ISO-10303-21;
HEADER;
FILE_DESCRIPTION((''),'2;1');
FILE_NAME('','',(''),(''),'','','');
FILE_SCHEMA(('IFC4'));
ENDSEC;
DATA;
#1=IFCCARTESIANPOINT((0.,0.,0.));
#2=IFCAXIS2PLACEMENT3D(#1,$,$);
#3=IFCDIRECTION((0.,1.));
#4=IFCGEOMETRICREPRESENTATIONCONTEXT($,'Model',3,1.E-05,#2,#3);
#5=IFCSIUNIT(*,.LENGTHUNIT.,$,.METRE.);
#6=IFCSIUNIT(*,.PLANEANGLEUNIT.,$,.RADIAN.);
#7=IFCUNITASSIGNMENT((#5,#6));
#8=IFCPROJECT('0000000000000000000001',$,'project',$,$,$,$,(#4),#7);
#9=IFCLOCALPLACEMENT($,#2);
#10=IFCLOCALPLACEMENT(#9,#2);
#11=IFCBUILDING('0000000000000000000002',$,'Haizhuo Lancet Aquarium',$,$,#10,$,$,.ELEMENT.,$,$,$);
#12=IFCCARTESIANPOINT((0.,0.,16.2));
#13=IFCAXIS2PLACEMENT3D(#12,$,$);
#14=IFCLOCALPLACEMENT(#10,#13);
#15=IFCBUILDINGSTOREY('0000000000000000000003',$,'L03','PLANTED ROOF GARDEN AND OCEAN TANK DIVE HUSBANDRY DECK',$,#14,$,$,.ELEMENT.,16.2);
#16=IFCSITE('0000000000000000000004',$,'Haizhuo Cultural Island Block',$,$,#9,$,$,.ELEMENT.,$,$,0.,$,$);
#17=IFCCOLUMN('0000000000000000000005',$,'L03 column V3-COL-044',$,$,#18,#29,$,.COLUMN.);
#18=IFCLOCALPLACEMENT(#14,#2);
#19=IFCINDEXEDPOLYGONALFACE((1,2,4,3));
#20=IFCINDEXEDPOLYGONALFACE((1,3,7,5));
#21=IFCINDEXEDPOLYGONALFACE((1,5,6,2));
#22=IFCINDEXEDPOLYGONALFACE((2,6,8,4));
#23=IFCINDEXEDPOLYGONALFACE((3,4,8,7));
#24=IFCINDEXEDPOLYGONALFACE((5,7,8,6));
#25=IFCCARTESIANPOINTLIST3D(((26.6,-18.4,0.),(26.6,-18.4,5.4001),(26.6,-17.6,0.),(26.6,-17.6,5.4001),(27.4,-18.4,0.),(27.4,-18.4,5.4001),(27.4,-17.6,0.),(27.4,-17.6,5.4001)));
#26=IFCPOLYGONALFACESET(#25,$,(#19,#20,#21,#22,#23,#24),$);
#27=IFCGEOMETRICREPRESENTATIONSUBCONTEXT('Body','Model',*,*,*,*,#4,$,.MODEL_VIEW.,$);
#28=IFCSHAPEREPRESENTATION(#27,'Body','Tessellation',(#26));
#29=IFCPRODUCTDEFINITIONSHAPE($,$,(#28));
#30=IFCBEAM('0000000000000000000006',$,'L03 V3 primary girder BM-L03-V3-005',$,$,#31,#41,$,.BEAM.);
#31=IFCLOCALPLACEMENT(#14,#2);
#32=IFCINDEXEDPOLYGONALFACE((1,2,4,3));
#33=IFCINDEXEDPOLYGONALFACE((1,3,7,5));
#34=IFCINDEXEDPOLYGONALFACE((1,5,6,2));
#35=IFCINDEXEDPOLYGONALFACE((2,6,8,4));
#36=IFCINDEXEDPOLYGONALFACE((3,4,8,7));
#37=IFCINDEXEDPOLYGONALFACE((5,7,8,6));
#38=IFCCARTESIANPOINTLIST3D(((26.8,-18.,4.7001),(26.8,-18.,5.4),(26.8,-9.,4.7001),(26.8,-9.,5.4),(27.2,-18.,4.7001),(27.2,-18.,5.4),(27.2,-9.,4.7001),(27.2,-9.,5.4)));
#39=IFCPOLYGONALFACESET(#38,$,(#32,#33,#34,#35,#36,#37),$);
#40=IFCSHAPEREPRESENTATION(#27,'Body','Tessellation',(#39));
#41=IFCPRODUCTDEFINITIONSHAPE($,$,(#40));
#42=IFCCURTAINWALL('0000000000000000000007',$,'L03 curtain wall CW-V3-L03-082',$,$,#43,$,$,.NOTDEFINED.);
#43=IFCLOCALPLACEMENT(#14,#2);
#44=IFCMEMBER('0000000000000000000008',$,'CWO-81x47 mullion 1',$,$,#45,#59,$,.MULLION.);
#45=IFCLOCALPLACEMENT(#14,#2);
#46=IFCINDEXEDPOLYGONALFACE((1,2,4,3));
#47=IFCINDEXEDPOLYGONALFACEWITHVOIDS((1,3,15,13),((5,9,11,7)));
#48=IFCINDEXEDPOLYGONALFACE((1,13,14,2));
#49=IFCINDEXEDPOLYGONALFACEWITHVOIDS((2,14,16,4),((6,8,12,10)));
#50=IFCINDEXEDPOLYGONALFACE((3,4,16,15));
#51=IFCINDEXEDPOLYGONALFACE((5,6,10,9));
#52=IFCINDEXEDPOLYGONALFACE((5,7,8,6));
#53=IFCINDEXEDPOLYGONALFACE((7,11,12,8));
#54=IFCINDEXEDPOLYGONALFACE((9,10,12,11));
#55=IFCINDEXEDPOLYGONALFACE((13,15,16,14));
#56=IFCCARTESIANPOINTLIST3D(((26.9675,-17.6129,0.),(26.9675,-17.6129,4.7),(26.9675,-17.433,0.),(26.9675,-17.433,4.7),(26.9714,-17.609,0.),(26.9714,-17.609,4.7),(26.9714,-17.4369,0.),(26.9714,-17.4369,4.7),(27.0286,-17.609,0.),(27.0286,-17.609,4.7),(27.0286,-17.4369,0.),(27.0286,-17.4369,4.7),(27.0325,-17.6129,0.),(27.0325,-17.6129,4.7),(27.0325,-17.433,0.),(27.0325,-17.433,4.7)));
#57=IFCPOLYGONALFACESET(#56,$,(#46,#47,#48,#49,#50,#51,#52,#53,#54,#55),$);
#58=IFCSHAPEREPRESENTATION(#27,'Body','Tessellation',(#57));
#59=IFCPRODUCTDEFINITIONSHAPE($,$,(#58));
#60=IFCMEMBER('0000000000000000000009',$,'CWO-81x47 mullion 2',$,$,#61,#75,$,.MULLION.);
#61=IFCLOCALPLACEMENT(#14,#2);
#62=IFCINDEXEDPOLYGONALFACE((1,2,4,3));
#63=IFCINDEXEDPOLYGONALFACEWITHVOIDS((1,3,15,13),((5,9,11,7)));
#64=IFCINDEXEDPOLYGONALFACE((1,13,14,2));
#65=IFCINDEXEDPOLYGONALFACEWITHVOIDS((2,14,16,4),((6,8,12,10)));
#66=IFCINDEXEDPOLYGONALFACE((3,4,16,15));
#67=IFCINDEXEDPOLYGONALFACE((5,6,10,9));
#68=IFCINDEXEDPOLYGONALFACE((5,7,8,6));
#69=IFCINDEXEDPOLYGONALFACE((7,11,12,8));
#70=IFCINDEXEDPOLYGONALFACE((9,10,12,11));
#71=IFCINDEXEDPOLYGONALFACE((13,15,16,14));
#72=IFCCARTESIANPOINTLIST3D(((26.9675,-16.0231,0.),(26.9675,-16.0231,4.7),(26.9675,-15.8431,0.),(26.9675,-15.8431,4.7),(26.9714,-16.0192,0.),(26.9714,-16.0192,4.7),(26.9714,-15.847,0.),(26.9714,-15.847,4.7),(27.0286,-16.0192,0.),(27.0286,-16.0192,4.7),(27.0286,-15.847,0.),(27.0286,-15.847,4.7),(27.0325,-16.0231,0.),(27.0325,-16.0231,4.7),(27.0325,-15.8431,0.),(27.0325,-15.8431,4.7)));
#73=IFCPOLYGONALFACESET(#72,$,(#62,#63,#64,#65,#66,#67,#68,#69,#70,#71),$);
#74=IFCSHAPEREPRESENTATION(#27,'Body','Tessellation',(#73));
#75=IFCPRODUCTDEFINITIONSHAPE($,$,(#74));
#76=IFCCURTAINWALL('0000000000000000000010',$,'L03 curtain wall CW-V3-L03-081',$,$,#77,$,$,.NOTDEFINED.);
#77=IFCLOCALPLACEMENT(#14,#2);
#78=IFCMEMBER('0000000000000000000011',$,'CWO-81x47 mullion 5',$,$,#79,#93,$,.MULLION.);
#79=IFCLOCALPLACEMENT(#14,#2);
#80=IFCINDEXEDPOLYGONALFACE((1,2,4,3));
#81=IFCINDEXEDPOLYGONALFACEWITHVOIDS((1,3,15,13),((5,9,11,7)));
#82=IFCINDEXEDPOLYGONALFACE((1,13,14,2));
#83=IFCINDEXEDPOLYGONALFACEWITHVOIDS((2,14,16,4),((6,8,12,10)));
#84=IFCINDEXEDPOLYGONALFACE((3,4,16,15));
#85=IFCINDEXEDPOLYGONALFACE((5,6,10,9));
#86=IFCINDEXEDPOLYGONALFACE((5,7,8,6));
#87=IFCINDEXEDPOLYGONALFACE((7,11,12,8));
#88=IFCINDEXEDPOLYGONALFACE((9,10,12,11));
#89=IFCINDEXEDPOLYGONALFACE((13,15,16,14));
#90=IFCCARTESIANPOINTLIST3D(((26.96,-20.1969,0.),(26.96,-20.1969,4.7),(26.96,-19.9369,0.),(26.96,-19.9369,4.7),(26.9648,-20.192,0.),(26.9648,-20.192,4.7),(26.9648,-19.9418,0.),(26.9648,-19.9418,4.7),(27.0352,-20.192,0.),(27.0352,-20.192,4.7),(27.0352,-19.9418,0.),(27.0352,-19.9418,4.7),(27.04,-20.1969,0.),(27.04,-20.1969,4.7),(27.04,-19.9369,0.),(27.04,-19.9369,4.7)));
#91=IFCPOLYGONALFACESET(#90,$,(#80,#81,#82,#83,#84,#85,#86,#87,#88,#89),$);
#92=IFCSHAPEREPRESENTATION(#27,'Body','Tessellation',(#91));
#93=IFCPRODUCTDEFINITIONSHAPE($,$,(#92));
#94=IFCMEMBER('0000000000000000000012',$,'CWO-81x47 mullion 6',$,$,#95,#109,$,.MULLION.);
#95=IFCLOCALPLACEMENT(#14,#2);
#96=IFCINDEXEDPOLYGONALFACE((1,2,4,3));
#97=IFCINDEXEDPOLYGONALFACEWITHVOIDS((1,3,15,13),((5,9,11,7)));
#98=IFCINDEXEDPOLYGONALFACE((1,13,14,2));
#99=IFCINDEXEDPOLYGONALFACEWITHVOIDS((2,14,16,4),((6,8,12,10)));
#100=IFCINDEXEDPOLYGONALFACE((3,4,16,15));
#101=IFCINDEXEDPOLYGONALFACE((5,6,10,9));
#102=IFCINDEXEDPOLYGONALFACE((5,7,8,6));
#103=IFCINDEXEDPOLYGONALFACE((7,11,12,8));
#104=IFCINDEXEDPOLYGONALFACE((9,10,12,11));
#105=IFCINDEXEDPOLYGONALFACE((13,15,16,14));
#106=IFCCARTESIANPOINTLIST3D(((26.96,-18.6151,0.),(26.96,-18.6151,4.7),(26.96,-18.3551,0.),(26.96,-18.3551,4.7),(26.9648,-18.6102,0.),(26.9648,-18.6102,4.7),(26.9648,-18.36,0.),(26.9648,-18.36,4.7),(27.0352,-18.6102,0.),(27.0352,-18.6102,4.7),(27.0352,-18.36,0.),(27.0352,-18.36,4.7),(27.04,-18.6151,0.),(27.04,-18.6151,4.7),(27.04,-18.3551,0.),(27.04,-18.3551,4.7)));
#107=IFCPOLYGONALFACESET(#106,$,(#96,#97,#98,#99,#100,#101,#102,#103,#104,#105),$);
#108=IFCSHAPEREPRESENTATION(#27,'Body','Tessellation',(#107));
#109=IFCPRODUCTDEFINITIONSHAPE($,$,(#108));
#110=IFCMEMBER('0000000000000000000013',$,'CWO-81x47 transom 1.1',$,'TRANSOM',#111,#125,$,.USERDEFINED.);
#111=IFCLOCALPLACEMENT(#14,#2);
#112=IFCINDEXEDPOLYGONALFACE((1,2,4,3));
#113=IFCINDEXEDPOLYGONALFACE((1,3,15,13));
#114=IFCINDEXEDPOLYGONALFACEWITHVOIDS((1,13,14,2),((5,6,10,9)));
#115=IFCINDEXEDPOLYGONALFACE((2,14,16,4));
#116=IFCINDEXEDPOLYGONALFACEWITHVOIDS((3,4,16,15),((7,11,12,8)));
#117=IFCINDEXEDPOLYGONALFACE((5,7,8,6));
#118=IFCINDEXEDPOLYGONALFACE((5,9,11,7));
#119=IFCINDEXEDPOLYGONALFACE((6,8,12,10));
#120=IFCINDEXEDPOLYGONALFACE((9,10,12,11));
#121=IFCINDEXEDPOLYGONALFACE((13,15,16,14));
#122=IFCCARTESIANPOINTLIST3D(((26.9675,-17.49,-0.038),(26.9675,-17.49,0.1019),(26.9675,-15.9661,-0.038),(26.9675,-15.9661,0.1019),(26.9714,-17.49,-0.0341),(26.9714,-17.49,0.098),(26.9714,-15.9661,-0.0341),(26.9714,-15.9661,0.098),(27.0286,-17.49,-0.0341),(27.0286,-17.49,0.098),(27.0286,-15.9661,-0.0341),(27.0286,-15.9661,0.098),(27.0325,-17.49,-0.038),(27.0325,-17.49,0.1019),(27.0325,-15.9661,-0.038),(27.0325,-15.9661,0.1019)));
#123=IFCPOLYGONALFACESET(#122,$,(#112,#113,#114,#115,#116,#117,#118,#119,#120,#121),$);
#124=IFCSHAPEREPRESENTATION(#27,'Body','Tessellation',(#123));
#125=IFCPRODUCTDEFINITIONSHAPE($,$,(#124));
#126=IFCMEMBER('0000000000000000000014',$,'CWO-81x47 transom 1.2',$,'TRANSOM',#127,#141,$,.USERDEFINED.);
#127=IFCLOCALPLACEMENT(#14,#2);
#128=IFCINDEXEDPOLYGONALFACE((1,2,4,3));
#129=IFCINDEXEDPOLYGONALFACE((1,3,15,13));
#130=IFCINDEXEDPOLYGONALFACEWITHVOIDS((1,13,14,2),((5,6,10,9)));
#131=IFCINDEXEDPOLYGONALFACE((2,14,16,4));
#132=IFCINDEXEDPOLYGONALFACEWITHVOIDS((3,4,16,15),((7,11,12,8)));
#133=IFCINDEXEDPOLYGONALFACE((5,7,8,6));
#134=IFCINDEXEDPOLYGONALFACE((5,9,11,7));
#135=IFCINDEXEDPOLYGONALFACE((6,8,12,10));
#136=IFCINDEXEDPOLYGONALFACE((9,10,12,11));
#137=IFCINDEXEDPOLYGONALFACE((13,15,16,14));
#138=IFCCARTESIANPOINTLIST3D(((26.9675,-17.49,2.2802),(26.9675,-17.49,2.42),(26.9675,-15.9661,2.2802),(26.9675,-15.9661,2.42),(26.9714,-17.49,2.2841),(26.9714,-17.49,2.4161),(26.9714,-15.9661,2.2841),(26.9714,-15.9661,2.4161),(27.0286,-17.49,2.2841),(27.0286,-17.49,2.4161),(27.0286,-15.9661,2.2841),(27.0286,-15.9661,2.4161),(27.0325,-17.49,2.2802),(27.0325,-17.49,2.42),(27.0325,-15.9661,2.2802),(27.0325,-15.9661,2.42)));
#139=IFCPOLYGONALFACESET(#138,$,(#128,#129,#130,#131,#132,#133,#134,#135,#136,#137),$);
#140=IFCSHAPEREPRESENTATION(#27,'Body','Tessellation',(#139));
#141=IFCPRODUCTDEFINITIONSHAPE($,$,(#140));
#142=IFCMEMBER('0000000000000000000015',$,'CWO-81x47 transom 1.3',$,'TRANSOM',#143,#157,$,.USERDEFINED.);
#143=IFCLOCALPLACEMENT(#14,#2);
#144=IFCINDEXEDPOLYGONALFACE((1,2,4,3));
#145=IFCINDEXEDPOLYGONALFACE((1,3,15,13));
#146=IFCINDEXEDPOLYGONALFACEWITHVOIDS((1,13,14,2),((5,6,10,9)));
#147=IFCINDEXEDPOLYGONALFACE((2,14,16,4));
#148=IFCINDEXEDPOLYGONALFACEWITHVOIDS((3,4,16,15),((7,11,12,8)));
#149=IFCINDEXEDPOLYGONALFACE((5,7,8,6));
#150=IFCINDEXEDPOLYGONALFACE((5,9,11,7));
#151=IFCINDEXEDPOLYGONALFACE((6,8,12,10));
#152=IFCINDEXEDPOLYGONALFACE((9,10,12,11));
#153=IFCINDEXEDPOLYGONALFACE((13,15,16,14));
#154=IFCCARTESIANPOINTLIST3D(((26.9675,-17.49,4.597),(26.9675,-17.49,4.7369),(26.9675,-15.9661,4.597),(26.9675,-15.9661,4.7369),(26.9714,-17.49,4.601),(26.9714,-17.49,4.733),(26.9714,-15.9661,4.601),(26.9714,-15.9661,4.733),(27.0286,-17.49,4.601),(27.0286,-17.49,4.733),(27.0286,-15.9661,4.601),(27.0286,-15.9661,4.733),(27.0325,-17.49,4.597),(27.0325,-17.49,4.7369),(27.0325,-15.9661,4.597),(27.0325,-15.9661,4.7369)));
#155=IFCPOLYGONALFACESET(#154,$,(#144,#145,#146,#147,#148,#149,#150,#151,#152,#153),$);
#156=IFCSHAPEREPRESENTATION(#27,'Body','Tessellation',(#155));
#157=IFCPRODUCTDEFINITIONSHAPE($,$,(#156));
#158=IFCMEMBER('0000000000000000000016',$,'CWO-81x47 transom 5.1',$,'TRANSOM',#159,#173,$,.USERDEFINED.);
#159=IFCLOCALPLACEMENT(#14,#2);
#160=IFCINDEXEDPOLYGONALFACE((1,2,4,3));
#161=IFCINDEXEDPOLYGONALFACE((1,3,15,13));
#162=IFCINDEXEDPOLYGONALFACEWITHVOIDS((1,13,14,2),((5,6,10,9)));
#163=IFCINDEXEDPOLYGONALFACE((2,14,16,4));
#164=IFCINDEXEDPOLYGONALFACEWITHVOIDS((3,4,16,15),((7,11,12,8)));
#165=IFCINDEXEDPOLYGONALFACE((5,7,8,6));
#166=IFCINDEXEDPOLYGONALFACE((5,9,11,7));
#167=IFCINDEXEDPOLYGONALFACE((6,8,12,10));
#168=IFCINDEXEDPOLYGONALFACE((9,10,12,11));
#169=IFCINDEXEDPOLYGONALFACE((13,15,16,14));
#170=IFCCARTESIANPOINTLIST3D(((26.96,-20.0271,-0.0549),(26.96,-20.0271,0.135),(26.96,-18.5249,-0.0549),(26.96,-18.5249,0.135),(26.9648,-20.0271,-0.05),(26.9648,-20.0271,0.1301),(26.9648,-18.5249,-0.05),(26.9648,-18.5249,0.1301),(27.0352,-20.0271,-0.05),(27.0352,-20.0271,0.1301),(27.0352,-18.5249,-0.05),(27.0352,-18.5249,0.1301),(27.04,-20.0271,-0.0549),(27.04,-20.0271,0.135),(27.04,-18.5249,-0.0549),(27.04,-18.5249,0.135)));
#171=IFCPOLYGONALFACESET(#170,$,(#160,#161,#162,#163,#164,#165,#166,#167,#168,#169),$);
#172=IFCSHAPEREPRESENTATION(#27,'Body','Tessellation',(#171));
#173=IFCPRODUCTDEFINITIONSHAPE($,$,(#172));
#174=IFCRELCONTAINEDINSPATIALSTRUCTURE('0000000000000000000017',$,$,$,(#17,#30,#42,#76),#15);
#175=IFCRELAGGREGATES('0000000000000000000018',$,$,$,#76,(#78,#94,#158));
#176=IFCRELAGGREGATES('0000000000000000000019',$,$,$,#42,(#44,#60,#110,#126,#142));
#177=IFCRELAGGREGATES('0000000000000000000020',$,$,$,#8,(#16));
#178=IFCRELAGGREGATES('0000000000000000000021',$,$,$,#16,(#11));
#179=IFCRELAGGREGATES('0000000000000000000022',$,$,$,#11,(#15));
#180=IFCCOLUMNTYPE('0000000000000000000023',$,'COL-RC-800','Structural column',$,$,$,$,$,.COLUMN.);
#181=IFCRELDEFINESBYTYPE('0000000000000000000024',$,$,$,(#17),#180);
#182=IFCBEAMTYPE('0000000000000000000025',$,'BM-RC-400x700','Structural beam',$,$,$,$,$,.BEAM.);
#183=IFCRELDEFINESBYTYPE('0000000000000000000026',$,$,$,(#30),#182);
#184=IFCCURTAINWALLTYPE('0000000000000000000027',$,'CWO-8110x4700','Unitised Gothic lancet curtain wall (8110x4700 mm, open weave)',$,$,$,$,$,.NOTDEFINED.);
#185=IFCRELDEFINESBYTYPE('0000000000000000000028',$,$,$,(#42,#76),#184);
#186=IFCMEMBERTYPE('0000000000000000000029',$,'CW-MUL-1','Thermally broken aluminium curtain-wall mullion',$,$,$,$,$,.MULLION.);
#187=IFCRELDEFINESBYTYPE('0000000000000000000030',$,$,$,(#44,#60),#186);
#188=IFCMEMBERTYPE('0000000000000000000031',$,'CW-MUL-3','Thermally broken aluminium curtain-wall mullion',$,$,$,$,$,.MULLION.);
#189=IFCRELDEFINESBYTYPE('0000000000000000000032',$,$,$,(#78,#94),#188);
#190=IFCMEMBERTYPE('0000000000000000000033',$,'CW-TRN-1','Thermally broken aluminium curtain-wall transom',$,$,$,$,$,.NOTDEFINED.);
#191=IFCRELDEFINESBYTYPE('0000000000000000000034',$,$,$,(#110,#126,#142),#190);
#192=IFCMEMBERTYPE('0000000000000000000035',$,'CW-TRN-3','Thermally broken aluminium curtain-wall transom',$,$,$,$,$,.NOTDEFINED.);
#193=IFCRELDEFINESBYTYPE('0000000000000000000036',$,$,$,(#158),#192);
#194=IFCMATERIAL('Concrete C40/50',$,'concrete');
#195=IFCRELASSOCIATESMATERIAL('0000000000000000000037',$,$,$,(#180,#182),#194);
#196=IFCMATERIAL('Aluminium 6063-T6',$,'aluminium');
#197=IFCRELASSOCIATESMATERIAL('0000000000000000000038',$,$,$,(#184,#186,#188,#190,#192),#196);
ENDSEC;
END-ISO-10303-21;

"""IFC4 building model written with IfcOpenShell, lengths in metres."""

from ifc_helpers import new_model, si_unit, direction, frame, origin, origin_2d, place, context, subcontext, project, spatial, rectangle, hollow_rectangle, extrude, material, material_profile, profile_set, type_object, element, aggregate, save


model = new_model("IFC4")

# Units and contexts
model_context = context("Model", 3, precision=1e-05, world=origin(), true_north=direction((0.0, 1.0)))
body_context = subcontext(model_context, "Body", "Model", "MODEL_VIEW")
ifc_project = project(units=[si_unit("LENGTHUNIT", "METRE"), si_unit("PLANEANGLEUNIT", "RADIAN")], contexts=[model_context])

# Site, building, storey
site_placement = place(None, origin())
site = spatial("IfcSite", under=ifc_project, at=site_placement, Name="Haizhuo Cultural Island Block", CompositionType="ELEMENT", RefElevation=0.0)
building_placement = place(site_placement, origin())
building = spatial("IfcBuilding", under=site, at=building_placement, Name="Haizhuo Lancet Aquarium", CompositionType="ELEMENT")
storey_placement = place(building_placement, frame((0.0, 0.0, 16.2)))
storey = spatial("IfcBuildingStorey", under=building, at=storey_placement, Name="L03", Description="PLANTED ROOF GARDEN AND OCEAN TANK DIVE HUSBANDRY DECK", CompositionType="ELEMENT", Elevation=16.2)

# Column
ifc_material_1 = material(Name="Concrete C40/50", Category="concrete")
ifc_material_profile_1 = material_profile(ifc_material_1, rectangle(XDim=0.8, YDim=0.8, at=origin_2d()), Name="RC-COL 800x800")
ifc_profile_set_1 = profile_set([ifc_material_profile_1], Name="Concrete C40/50")
column_type = type_object("IfcColumnType", Name="COL-RC-800", Description="Structural column", PredefinedType="COLUMN", material=ifc_profile_set_1)
column_placement = place(storey_placement, frame((27.0, -18.0, 0.0), z_axis=(0.0, 0.0, 1.0), x_axis=(1.0, 0.0, 0.0)))
element("IfcColumn", 1, at=column_placement, inside=storey, type_object=column_type, Name="L03 column V3-COL-044", PredefinedType="COLUMN", context=body_context, shape_type="SweptSolid", body=[
    extrude(rectangle(XDim=0.8, YDim=0.8, at=origin_2d()), origin(), (0.0, 0.0, 1.0), 5.4001),
])

# Beam
ifc_material_profile_2 = material_profile(ifc_material_1, rectangle(XDim=0.3999, YDim=0.7, at=origin_2d()), Name="RC-BM 400x700")
ifc_profile_set_2 = profile_set([ifc_material_profile_2], Name="Concrete C40/50")
beam_type = type_object("IfcBeamType", Name="BM-RC-400x700", Description="Structural beam", PredefinedType="BEAM", material=ifc_profile_set_2)
beam_placement = place(storey_placement, frame((27.0, -18.0, 5.05), z_axis=(0.0, 1.0, 0.0), x_axis=(-1.0, 0.0, 0.0)))
element("IfcBeam", 2, at=beam_placement, inside=storey, type_object=beam_type, Name="L03 V3 primary girder BM-L03-V3-005", PredefinedType="BEAM", context=body_context, shape_type="SweptSolid", body=[
    extrude(rectangle(XDim=0.3999, YDim=0.7, at=origin_2d()), origin(), (0.0, 0.0, 1.0), 9.0),
])

# Curtain walls, members
ifc_material_2 = material(Name="Aluminium 6063-T6", Category="aluminium")
curtain_wall_type = type_object("IfcCurtainWallType", Name="CWO-8110x4700", Description="Unitised Gothic lancet curtain wall (8110x4700 mm, open weave)", PredefinedType="NOTDEFINED", material=ifc_material_2)
curtain_wall_1_placement = place(storey_placement, origin())
curtain_wall_1 = element("IfcCurtainWall", 3, at=curtain_wall_1_placement, inside=storey, type_object=curtain_wall_type, Name="L03 curtain wall CW-V3-L03-082", PredefinedType="NOTDEFINED")
ifc_material_profile_3 = material_profile(ifc_material_2, hollow_rectangle(XDim=0.0649, YDim=0.1799, WallThickness=0.0039, at=origin_2d()), Name="ALU-M 65x180x4")
ifc_profile_set_3 = profile_set([ifc_material_profile_3], Name="Aluminium 6063-T6")
member_type_1 = type_object("IfcMemberType", Name="CW-MUL-1", Description="Thermally broken aluminium curtain-wall mullion", PredefinedType="MULLION", material=ifc_profile_set_3)
member_1_placement = place(storey_placement, frame((27.0, -17.5229, 0.0), z_axis=(0.0, 0.0, 1.0), x_axis=(-1.0, 0.0, 0.0)))
member_1 = element("IfcMember", 4, at=member_1_placement, type_object=member_type_1, Name="CWO-81x47 mullion 1", PredefinedType="MULLION", context=body_context, shape_type="SweptSolid", body=[
    extrude(hollow_rectangle(XDim=0.0649, YDim=0.1799, WallThickness=0.0039, at=origin_2d()), origin(), (0.0, 0.0, 1.0), 4.7),
])
member_2_placement = place(storey_placement, frame((27.0, -15.9331, 0.0), z_axis=(0.0, 0.0, 1.0), x_axis=(-1.0, 0.0, 0.0)))
member_2 = element("IfcMember", 5, at=member_2_placement, type_object=member_type_1, Name="CWO-81x47 mullion 2", PredefinedType="MULLION", context=body_context, shape_type="SweptSolid", body=[
    extrude(hollow_rectangle(XDim=0.0649, YDim=0.1799, WallThickness=0.0039, at=origin_2d()), origin(), (0.0, 0.0, 1.0), 4.7),
])
curtain_wall_2_placement = place(storey_placement, origin())
curtain_wall_2 = element("IfcCurtainWall", 6, at=curtain_wall_2_placement, inside=storey, type_object=curtain_wall_type, Name="L03 curtain wall CW-V3-L03-081", PredefinedType="NOTDEFINED")
ifc_material_profile_4 = material_profile(ifc_material_2, hollow_rectangle(XDim=0.0801, YDim=0.26, WallThickness=0.0049, at=origin_2d()), Name="ALU-M 80x260x5")
ifc_profile_set_4 = profile_set([ifc_material_profile_4], Name="Aluminium 6063-T6")
member_type_2 = type_object("IfcMemberType", Name="CW-MUL-3", Description="Thermally broken aluminium curtain-wall mullion", PredefinedType="MULLION", material=ifc_profile_set_4)
member_3_placement = place(storey_placement, frame((27.0, -20.0669, 0.0), z_axis=(0.0, 0.0, 1.0), x_axis=(-1.0, 0.0, 0.0)))
member_3 = element("IfcMember", 7, at=member_3_placement, type_object=member_type_2, Name="CWO-81x47 mullion 5", PredefinedType="MULLION", context=body_context, shape_type="SweptSolid", body=[
    extrude(hollow_rectangle(XDim=0.0801, YDim=0.26, WallThickness=0.0049, at=origin_2d()), origin(), (0.0, 0.0, 1.0), 4.7),
])
member_4_placement = place(storey_placement, frame((27.0, -18.4851, 0.0), z_axis=(0.0, 0.0, 1.0), x_axis=(-1.0, 0.0, 0.0)))
member_4 = element("IfcMember", 8, at=member_4_placement, type_object=member_type_2, Name="CWO-81x47 mullion 6", PredefinedType="MULLION", context=body_context, shape_type="SweptSolid", body=[
    extrude(hollow_rectangle(XDim=0.0801, YDim=0.26, WallThickness=0.0049, at=origin_2d()), origin(), (0.0, 0.0, 1.0), 4.7),
])

# Members
ifc_material_profile_5 = material_profile(ifc_material_2, hollow_rectangle(XDim=0.0649, YDim=0.1399, WallThickness=0.0039, at=origin_2d()), Name="ALU-T 65x140x4")
ifc_profile_set_5 = profile_set([ifc_material_profile_5], Name="Aluminium 6063-T6")
member_type_3 = type_object("IfcMemberType", Name="CW-TRN-1", Description="Thermally broken aluminium curtain-wall transom", PredefinedType="NOTDEFINED", material=ifc_profile_set_5)
member_5_placement = place(storey_placement, frame((27.0, -17.49, 0.032), z_axis=(0.0, 1.0, 0.0), x_axis=(-1.0, 0.0, 0.0)))
member_5 = element("IfcMember", 9, at=member_5_placement, type_object=member_type_3, Name="CWO-81x47 transom 1.1", ObjectType="TRANSOM", PredefinedType="USERDEFINED", context=body_context, shape_type="SweptSolid", body=[
    extrude(hollow_rectangle(XDim=0.0649, YDim=0.1399, WallThickness=0.0039, at=origin_2d()), origin(), (0.0, 0.0, 1.0), 1.5239),
])
member_6_placement = place(storey_placement, frame((27.0, -17.49, 2.3501), z_axis=(0.0, 1.0, 0.0), x_axis=(-1.0, 0.0, 0.0)))
member_6 = element("IfcMember", 10, at=member_6_placement, type_object=member_type_3, Name="CWO-81x47 transom 1.2", ObjectType="TRANSOM", PredefinedType="USERDEFINED", context=body_context, shape_type="SweptSolid", body=[
    extrude(hollow_rectangle(XDim=0.0649, YDim=0.1399, WallThickness=0.0039, at=origin_2d()), origin(), (0.0, 0.0, 1.0), 1.5239),
])
member_7_placement = place(storey_placement, frame((27.0, -17.49, 4.667), z_axis=(0.0, 1.0, 0.0), x_axis=(-1.0, 0.0, 0.0)))
member_7 = element("IfcMember", 11, at=member_7_placement, type_object=member_type_3, Name="CWO-81x47 transom 1.3", ObjectType="TRANSOM", PredefinedType="USERDEFINED", context=body_context, shape_type="SweptSolid", body=[
    extrude(hollow_rectangle(XDim=0.0649, YDim=0.1399, WallThickness=0.0039, at=origin_2d()), origin(), (0.0, 0.0, 1.0), 1.5239),
])
ifc_material_profile_6 = material_profile(ifc_material_2, hollow_rectangle(XDim=0.0801, YDim=0.1899, WallThickness=0.0049, at=origin_2d()), Name="ALU-T 80x190x5")
ifc_profile_set_6 = profile_set([ifc_material_profile_6], Name="Aluminium 6063-T6")
member_type_4 = type_object("IfcMemberType", Name="CW-TRN-3", Description="Thermally broken aluminium curtain-wall transom", PredefinedType="NOTDEFINED", material=ifc_profile_set_6)
member_8_placement = place(storey_placement, frame((27.0, -20.0271, 0.04), z_axis=(0.0, 1.0, 0.0), x_axis=(-1.0, 0.0, 0.0)))
member_8 = element("IfcMember", 12, at=member_8_placement, type_object=member_type_4, Name="CWO-81x47 transom 5.1", ObjectType="TRANSOM", PredefinedType="USERDEFINED", context=body_context, shape_type="SweptSolid", body=[
    extrude(hollow_rectangle(XDim=0.0801, YDim=0.1899, WallThickness=0.0049, at=origin_2d()), origin(), (0.0, 0.0, 1.0), 1.5022),
])

aggregate(curtain_wall_2, [member_3, member_4, member_8])
aggregate(curtain_wall_1, [member_1, member_2, member_5, member_6, member_7])

save(model, "model.ifc")
